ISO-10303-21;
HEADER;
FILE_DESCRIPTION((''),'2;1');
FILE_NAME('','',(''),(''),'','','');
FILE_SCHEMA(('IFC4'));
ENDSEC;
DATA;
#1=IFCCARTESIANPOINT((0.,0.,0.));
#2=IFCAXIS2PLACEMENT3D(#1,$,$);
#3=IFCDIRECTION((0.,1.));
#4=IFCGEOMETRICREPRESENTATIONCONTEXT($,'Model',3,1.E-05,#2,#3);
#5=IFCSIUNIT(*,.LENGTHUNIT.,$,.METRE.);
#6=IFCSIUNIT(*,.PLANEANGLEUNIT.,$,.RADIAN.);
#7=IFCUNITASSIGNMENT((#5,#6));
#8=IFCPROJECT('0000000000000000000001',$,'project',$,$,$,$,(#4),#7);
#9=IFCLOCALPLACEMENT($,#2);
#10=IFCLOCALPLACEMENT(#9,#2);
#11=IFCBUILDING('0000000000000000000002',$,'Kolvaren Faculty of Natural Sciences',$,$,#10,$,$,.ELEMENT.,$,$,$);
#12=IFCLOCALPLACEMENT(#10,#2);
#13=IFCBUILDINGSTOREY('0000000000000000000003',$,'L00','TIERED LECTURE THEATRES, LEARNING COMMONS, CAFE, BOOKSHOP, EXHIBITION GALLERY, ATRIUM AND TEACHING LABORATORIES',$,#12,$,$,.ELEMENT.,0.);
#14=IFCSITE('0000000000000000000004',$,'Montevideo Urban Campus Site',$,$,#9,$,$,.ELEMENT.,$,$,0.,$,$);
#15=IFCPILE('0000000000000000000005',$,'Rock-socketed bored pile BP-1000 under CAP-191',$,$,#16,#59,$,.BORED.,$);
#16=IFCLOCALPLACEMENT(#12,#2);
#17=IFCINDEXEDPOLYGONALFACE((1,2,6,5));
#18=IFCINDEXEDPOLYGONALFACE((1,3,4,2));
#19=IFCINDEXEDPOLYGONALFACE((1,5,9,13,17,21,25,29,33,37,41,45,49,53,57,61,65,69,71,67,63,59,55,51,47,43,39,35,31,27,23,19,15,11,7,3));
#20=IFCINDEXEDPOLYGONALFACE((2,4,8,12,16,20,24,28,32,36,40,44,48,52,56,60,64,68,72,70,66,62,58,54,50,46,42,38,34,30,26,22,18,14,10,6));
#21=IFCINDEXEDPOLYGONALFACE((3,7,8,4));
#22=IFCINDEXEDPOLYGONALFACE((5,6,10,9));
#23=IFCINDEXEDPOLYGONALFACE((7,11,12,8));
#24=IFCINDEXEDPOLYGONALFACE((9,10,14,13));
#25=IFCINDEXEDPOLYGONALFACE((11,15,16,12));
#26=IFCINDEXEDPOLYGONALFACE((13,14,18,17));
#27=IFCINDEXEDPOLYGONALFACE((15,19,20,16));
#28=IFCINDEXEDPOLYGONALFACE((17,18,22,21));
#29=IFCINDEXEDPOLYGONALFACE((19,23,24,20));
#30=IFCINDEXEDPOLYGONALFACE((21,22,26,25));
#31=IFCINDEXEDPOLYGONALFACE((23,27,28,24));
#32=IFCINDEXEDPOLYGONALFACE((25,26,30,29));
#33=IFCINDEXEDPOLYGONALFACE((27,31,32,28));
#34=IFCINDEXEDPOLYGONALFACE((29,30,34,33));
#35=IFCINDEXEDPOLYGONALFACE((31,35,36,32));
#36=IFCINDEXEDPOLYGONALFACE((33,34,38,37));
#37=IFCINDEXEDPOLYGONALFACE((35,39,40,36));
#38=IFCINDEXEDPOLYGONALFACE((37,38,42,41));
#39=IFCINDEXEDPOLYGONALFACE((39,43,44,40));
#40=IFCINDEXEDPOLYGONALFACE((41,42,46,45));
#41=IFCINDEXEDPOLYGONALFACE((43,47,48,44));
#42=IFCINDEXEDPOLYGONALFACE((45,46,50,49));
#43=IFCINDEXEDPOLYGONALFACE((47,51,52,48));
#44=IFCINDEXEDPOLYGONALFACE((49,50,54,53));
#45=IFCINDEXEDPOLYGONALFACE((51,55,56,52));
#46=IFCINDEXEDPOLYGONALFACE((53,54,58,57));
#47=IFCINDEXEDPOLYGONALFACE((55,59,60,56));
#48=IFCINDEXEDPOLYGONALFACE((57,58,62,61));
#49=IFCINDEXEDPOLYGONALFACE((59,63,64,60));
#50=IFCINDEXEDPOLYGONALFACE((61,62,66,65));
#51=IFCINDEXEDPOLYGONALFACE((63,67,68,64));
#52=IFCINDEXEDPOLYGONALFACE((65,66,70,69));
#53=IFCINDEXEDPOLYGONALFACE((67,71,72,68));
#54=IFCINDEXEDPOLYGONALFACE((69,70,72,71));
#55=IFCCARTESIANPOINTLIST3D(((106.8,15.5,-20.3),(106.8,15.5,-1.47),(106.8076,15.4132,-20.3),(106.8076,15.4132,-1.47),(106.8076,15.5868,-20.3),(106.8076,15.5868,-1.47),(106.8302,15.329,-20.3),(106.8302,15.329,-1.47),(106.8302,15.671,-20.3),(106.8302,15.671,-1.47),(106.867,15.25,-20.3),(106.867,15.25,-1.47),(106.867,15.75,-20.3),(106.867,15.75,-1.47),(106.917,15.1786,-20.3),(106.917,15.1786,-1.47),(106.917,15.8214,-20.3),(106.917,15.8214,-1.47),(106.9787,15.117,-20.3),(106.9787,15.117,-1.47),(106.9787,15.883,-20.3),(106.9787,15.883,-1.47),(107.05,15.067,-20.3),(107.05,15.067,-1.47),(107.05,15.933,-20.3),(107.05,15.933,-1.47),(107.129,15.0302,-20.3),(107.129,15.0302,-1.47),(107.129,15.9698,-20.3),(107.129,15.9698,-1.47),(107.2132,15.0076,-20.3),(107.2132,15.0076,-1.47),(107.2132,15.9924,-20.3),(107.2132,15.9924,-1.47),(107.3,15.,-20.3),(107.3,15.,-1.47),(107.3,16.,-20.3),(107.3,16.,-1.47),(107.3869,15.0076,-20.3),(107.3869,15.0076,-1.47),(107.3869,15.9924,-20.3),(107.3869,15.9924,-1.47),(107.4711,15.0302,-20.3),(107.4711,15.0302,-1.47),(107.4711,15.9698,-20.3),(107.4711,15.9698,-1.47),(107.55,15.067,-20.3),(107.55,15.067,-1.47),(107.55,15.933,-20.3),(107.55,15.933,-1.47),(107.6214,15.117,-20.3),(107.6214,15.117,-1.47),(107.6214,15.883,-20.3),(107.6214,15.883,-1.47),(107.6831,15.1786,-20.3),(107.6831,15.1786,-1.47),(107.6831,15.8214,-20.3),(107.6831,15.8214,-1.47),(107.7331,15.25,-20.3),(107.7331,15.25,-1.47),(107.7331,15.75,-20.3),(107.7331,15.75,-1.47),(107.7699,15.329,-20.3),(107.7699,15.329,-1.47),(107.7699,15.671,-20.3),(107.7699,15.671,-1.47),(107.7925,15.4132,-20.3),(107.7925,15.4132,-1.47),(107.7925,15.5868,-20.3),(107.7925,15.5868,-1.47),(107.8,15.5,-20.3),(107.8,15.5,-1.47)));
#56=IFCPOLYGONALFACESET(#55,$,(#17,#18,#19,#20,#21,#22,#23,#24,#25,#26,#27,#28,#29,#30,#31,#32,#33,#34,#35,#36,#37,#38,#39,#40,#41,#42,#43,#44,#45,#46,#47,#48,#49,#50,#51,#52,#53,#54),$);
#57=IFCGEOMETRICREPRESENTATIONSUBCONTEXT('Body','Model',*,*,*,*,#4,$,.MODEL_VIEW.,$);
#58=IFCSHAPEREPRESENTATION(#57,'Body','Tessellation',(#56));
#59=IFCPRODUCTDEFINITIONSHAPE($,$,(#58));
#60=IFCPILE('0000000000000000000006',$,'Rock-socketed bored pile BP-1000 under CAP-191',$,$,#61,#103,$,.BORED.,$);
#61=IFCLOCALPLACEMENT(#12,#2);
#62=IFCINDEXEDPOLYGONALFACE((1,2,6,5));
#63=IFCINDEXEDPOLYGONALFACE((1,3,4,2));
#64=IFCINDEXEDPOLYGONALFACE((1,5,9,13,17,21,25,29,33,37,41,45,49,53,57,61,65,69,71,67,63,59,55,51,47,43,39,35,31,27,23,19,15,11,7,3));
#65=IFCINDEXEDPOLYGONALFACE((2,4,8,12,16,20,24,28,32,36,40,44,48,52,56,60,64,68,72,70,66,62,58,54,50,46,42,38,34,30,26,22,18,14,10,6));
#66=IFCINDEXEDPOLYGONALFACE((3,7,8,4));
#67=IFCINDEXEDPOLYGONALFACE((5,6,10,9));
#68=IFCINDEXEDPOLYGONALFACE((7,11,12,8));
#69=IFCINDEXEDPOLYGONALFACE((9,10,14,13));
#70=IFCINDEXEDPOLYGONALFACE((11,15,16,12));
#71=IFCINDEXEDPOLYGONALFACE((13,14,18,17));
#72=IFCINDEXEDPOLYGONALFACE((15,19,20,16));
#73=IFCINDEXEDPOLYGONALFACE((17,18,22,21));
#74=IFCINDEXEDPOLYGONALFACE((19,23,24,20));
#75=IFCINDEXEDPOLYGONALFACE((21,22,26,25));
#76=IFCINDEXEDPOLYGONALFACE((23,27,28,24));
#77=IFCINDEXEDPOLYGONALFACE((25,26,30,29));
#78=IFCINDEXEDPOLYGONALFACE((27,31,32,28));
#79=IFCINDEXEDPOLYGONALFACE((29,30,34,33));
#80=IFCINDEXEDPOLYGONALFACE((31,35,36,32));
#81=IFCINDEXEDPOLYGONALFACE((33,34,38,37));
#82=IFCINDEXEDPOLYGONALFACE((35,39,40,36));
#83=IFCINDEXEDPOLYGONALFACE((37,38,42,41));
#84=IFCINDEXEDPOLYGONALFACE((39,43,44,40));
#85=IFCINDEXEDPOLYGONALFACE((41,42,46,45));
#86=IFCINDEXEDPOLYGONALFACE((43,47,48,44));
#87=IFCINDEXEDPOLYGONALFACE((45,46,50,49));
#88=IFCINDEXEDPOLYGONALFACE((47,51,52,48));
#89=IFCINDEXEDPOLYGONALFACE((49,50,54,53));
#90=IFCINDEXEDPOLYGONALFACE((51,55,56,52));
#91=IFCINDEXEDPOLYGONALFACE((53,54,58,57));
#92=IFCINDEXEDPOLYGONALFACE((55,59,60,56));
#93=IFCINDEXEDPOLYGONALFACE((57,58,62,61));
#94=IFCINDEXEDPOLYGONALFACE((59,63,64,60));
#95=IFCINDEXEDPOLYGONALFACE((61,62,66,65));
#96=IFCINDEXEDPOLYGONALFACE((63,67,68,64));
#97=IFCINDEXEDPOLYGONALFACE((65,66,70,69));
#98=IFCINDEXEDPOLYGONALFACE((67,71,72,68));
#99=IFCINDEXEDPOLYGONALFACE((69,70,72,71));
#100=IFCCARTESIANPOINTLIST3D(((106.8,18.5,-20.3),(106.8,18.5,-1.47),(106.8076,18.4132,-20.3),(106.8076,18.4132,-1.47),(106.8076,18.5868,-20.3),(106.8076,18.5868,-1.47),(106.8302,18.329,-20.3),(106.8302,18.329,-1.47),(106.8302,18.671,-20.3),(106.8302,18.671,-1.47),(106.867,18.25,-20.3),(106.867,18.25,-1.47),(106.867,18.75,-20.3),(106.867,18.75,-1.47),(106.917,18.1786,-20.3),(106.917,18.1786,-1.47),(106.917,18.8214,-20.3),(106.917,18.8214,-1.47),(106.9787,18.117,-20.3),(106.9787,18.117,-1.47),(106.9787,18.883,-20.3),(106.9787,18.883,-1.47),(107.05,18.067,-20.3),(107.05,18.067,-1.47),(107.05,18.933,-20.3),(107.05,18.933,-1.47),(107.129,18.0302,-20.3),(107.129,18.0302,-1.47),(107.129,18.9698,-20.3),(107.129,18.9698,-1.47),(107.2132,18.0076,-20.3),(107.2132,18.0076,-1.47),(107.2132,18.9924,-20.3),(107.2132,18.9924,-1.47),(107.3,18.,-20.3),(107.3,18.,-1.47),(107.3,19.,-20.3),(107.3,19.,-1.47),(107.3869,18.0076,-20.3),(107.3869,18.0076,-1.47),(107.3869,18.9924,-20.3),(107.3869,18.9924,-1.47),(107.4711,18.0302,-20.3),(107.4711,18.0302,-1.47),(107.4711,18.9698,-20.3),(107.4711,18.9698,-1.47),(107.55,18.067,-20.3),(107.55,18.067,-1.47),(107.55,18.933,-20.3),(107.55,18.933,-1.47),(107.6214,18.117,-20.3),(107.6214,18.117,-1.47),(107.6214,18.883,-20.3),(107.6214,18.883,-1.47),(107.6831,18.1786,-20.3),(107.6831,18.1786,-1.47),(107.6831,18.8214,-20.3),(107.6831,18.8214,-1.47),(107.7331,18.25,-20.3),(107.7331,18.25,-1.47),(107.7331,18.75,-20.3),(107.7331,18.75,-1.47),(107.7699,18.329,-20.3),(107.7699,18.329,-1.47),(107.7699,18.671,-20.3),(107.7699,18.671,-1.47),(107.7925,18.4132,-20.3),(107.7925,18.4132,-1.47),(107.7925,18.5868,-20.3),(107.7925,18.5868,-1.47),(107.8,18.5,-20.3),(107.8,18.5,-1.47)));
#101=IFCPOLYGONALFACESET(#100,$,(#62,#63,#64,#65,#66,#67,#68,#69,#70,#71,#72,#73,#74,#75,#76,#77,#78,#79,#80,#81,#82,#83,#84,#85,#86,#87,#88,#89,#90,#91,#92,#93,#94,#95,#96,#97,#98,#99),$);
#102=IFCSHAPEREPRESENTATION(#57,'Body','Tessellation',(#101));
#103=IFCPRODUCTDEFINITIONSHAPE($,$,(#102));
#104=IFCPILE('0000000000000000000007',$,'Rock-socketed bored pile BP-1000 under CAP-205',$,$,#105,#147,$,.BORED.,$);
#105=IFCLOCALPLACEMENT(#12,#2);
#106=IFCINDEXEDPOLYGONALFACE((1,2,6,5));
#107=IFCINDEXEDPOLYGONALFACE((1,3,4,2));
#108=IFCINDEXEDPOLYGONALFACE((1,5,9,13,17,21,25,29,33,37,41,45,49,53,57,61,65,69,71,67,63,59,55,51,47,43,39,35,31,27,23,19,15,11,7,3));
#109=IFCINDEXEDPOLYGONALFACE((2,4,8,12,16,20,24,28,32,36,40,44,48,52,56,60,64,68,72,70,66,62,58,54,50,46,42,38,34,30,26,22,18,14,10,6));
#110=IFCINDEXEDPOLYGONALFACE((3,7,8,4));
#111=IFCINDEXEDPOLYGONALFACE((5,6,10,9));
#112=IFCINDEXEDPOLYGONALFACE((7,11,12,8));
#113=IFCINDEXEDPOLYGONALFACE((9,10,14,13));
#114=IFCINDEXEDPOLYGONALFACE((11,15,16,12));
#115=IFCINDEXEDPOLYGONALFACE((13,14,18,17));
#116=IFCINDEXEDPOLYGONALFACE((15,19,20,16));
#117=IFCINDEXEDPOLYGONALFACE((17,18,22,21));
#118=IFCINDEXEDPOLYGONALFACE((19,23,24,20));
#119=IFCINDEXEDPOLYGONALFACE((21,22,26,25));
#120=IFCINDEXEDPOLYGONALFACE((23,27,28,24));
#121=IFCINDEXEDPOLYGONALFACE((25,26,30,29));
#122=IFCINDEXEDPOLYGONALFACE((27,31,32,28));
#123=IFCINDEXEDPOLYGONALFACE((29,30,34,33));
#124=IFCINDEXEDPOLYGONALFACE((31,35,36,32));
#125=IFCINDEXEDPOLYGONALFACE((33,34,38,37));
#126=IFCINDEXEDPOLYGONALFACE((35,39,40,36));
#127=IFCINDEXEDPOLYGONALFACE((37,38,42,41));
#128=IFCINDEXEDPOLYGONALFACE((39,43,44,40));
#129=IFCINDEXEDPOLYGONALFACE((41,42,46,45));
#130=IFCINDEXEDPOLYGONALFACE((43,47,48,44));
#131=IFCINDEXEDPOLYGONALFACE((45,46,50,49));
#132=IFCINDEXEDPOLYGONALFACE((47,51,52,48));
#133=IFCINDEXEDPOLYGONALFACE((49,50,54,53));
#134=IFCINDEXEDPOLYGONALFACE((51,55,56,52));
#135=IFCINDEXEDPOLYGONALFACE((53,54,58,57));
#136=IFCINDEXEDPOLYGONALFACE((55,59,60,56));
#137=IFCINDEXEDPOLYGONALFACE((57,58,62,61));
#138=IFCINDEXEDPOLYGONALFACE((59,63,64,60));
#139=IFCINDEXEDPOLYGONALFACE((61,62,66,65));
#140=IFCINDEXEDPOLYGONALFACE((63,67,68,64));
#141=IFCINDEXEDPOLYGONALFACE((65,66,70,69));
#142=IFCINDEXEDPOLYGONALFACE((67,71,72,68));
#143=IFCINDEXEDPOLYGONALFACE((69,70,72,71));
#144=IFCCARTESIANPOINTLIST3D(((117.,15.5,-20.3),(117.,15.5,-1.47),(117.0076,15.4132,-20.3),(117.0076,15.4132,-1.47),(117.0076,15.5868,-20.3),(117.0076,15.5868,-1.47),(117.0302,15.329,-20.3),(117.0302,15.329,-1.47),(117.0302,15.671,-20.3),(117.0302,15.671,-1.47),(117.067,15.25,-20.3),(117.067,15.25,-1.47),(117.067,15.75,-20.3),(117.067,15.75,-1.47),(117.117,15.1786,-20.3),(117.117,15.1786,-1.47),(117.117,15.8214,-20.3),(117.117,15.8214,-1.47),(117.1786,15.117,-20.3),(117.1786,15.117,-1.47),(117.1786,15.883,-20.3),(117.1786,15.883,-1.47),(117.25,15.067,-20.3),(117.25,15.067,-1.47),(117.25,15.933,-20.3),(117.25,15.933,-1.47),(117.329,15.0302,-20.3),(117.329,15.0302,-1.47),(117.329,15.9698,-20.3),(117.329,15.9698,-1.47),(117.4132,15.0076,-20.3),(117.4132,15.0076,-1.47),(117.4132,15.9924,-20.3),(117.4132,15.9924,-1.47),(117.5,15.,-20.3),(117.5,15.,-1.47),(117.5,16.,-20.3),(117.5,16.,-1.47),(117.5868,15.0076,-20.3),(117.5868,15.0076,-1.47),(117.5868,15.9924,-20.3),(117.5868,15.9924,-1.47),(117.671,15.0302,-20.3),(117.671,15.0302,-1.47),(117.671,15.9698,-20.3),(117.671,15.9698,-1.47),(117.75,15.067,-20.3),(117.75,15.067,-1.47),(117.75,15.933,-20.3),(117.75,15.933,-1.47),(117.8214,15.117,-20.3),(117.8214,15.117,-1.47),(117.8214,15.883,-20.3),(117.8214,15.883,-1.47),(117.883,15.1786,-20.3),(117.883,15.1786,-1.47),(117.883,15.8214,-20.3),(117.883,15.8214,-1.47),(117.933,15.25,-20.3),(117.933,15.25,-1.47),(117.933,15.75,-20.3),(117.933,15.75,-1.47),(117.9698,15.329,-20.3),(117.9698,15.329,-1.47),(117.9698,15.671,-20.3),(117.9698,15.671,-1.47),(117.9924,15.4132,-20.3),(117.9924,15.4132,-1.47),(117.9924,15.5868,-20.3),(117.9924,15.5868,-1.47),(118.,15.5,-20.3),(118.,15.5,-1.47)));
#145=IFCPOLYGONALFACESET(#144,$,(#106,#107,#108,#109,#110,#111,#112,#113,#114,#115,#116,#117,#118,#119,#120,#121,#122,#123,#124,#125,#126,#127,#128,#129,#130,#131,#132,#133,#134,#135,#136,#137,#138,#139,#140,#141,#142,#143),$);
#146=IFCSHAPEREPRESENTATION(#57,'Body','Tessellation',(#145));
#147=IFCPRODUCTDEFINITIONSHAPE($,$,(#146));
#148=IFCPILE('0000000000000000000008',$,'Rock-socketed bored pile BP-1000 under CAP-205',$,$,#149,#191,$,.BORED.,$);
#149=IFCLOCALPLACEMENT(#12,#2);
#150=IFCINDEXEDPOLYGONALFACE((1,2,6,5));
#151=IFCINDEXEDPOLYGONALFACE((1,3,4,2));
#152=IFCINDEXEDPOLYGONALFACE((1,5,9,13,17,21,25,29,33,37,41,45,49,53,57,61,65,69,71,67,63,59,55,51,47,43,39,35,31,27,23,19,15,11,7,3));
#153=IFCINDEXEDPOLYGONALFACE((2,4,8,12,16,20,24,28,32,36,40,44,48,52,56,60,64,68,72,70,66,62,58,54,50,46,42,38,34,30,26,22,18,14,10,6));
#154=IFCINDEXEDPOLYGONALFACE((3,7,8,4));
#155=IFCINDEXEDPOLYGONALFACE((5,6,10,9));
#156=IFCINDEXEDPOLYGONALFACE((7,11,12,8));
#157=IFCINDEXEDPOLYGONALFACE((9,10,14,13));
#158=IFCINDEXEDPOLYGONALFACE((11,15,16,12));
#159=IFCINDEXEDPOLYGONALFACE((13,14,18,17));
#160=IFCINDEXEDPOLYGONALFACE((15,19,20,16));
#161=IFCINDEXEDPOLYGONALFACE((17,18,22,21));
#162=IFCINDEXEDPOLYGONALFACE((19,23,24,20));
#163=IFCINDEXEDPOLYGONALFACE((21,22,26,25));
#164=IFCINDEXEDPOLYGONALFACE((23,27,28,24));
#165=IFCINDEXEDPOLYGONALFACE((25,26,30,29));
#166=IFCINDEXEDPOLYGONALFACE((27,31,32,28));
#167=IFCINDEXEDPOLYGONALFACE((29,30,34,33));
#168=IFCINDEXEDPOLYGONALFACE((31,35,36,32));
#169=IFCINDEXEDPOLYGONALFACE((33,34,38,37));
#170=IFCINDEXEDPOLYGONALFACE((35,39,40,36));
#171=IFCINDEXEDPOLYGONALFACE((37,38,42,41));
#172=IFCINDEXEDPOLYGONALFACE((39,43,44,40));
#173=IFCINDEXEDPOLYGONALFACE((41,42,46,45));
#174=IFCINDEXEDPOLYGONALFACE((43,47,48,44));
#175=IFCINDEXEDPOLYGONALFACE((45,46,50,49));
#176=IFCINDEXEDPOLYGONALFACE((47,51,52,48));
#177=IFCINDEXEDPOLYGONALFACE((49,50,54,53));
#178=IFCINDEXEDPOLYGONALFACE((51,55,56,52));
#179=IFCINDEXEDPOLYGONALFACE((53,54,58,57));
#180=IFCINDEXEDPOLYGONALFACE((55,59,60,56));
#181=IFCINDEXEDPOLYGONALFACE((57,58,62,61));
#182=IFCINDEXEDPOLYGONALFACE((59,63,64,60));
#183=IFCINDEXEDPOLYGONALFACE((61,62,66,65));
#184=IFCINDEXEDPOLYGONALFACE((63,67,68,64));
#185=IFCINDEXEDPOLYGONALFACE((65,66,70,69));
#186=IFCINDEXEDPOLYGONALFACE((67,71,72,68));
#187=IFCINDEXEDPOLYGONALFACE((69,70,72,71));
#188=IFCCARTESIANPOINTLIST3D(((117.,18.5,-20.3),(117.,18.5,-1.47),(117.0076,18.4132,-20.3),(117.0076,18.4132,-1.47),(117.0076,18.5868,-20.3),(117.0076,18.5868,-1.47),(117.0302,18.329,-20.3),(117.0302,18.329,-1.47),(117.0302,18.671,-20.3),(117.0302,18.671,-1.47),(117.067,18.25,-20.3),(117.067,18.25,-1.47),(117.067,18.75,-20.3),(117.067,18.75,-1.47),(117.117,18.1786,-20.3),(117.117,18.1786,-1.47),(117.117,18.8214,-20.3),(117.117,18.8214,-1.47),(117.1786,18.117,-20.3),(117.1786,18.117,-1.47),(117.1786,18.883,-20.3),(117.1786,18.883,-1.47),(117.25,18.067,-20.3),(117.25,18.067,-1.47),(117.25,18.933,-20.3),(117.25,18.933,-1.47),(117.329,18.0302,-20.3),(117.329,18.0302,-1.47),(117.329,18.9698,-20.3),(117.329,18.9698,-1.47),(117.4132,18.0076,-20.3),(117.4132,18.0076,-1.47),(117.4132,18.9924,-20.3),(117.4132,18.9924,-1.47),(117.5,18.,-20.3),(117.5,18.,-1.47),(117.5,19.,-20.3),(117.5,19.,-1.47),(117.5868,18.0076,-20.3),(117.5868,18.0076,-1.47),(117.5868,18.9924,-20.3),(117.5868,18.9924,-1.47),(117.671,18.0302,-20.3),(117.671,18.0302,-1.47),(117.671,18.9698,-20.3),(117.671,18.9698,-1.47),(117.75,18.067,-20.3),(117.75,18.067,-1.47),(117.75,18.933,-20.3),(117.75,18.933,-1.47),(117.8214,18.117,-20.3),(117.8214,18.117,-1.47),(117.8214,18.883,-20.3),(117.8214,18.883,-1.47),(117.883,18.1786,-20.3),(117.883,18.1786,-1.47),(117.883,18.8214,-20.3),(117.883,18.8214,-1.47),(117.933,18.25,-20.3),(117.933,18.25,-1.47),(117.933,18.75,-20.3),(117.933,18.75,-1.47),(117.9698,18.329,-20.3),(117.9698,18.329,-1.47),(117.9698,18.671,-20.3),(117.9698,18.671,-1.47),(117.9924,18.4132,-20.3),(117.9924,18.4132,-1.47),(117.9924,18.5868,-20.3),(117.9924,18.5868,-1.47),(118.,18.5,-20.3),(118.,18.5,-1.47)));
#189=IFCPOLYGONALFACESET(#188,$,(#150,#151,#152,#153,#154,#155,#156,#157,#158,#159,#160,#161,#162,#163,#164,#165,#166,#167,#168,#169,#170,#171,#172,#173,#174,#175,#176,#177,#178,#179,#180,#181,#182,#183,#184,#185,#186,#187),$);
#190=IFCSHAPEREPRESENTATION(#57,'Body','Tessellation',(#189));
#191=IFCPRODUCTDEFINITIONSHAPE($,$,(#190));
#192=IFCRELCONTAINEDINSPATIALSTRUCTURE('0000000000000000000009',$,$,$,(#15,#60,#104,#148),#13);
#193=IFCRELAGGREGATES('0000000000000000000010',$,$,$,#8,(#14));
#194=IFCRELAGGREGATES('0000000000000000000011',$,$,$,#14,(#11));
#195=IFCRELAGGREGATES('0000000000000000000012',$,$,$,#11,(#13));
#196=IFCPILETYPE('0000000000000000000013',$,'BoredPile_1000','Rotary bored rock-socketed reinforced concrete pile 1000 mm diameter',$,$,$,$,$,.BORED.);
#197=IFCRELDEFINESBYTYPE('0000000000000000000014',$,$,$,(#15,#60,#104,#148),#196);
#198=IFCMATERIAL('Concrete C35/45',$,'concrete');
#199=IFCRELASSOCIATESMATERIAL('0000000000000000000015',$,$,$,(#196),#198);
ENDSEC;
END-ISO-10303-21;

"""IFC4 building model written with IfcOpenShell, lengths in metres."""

from ifc_helpers import new_model, si_unit, direction, frame, origin, origin_2d, place, context, subcontext, project, spatial, circle, extrude, material, material_profile, profile_set, type_object, element, save


model = new_model("IFC4")

# Units and contexts
model_context = context("Model", 3, precision=1e-05, world=origin(), true_north=direction((0.0, 1.0)))
body_context = subcontext(model_context, "Body", "Model", "MODEL_VIEW")
ifc_project = project(units=[si_unit("LENGTHUNIT", "METRE"), si_unit("PLANEANGLEUNIT", "RADIAN")], contexts=[model_context])

# Site, building, storey
site_placement = place(None, origin())
site = spatial("IfcSite", under=ifc_project, at=site_placement, Name="Montevideo Urban Campus Site", CompositionType="ELEMENT", RefElevation=0.0)
building_placement = place(site_placement, origin())
building = spatial("IfcBuilding", under=site, at=building_placement, Name="Kolvaren Faculty of Natural Sciences", CompositionType="ELEMENT")
storey_placement = place(building_placement, origin())
storey = spatial("IfcBuildingStorey", under=building, at=storey_placement, Name="L00", Description="TIERED LECTURE THEATRES, LEARNING COMMONS, CAFE, BOOKSHOP, EXHIBITION GALLERY, ATRIUM AND TEACHING LABORATORIES", CompositionType="ELEMENT", Elevation=0.0)

# Piles
ifc_material_1 = material(Name="Concrete C35/45", Category="concrete")
ifc_material_profile_1 = material_profile(ifc_material_1, circle(Radius=0.5, at=origin_2d()), Name="PILE D1000")
ifc_profile_set_1 = profile_set([ifc_material_profile_1], Name="Concrete C35/45")
pile_type_1 = type_object("IfcPileType", Name="BoredPile_1000", Description="Rotary bored rock-socketed reinforced concrete pile 1000 mm diameter", PredefinedType="BORED", material=ifc_profile_set_1)
for number, where, z_axis, x_axis, name in (
    (1, (107.3, 15.5, -1.47), (0.0, 0.0, -1.0), (1.0, 0.0, 0.0), "Rock-socketed bored pile BP-1000 under CAP-191"),
    (2, (107.3, 18.5, -1.47), (0.0, 0.0, -1.0), (1.0, 0.0, 0.0), "Rock-socketed bored pile BP-1000 under CAP-191"),
    (3, (117.5, 15.5, -1.47), (0.0, 0.0, -1.0), (1.0, 0.0, 0.0), "Rock-socketed bored pile BP-1000 under CAP-205"),
    (4, (117.5, 18.5, -1.47), (0.0, 0.0, -1.0), (1.0, 0.0, 0.0), "Rock-socketed bored pile BP-1000 under CAP-205"),
):
    element("IfcPile", number, at=place(storey_placement, frame(where, z_axis=z_axis, x_axis=x_axis)), inside=storey, type_object=pile_type_1, Name=name, PredefinedType="BORED", context=body_context, shape_type="SweptSolid", body=[
        extrude(circle(Radius=0.5, at=origin_2d()), origin(), (0.0, 0.0, 1.0), 18.8301),
    ])

save(model, "model.ifc")
